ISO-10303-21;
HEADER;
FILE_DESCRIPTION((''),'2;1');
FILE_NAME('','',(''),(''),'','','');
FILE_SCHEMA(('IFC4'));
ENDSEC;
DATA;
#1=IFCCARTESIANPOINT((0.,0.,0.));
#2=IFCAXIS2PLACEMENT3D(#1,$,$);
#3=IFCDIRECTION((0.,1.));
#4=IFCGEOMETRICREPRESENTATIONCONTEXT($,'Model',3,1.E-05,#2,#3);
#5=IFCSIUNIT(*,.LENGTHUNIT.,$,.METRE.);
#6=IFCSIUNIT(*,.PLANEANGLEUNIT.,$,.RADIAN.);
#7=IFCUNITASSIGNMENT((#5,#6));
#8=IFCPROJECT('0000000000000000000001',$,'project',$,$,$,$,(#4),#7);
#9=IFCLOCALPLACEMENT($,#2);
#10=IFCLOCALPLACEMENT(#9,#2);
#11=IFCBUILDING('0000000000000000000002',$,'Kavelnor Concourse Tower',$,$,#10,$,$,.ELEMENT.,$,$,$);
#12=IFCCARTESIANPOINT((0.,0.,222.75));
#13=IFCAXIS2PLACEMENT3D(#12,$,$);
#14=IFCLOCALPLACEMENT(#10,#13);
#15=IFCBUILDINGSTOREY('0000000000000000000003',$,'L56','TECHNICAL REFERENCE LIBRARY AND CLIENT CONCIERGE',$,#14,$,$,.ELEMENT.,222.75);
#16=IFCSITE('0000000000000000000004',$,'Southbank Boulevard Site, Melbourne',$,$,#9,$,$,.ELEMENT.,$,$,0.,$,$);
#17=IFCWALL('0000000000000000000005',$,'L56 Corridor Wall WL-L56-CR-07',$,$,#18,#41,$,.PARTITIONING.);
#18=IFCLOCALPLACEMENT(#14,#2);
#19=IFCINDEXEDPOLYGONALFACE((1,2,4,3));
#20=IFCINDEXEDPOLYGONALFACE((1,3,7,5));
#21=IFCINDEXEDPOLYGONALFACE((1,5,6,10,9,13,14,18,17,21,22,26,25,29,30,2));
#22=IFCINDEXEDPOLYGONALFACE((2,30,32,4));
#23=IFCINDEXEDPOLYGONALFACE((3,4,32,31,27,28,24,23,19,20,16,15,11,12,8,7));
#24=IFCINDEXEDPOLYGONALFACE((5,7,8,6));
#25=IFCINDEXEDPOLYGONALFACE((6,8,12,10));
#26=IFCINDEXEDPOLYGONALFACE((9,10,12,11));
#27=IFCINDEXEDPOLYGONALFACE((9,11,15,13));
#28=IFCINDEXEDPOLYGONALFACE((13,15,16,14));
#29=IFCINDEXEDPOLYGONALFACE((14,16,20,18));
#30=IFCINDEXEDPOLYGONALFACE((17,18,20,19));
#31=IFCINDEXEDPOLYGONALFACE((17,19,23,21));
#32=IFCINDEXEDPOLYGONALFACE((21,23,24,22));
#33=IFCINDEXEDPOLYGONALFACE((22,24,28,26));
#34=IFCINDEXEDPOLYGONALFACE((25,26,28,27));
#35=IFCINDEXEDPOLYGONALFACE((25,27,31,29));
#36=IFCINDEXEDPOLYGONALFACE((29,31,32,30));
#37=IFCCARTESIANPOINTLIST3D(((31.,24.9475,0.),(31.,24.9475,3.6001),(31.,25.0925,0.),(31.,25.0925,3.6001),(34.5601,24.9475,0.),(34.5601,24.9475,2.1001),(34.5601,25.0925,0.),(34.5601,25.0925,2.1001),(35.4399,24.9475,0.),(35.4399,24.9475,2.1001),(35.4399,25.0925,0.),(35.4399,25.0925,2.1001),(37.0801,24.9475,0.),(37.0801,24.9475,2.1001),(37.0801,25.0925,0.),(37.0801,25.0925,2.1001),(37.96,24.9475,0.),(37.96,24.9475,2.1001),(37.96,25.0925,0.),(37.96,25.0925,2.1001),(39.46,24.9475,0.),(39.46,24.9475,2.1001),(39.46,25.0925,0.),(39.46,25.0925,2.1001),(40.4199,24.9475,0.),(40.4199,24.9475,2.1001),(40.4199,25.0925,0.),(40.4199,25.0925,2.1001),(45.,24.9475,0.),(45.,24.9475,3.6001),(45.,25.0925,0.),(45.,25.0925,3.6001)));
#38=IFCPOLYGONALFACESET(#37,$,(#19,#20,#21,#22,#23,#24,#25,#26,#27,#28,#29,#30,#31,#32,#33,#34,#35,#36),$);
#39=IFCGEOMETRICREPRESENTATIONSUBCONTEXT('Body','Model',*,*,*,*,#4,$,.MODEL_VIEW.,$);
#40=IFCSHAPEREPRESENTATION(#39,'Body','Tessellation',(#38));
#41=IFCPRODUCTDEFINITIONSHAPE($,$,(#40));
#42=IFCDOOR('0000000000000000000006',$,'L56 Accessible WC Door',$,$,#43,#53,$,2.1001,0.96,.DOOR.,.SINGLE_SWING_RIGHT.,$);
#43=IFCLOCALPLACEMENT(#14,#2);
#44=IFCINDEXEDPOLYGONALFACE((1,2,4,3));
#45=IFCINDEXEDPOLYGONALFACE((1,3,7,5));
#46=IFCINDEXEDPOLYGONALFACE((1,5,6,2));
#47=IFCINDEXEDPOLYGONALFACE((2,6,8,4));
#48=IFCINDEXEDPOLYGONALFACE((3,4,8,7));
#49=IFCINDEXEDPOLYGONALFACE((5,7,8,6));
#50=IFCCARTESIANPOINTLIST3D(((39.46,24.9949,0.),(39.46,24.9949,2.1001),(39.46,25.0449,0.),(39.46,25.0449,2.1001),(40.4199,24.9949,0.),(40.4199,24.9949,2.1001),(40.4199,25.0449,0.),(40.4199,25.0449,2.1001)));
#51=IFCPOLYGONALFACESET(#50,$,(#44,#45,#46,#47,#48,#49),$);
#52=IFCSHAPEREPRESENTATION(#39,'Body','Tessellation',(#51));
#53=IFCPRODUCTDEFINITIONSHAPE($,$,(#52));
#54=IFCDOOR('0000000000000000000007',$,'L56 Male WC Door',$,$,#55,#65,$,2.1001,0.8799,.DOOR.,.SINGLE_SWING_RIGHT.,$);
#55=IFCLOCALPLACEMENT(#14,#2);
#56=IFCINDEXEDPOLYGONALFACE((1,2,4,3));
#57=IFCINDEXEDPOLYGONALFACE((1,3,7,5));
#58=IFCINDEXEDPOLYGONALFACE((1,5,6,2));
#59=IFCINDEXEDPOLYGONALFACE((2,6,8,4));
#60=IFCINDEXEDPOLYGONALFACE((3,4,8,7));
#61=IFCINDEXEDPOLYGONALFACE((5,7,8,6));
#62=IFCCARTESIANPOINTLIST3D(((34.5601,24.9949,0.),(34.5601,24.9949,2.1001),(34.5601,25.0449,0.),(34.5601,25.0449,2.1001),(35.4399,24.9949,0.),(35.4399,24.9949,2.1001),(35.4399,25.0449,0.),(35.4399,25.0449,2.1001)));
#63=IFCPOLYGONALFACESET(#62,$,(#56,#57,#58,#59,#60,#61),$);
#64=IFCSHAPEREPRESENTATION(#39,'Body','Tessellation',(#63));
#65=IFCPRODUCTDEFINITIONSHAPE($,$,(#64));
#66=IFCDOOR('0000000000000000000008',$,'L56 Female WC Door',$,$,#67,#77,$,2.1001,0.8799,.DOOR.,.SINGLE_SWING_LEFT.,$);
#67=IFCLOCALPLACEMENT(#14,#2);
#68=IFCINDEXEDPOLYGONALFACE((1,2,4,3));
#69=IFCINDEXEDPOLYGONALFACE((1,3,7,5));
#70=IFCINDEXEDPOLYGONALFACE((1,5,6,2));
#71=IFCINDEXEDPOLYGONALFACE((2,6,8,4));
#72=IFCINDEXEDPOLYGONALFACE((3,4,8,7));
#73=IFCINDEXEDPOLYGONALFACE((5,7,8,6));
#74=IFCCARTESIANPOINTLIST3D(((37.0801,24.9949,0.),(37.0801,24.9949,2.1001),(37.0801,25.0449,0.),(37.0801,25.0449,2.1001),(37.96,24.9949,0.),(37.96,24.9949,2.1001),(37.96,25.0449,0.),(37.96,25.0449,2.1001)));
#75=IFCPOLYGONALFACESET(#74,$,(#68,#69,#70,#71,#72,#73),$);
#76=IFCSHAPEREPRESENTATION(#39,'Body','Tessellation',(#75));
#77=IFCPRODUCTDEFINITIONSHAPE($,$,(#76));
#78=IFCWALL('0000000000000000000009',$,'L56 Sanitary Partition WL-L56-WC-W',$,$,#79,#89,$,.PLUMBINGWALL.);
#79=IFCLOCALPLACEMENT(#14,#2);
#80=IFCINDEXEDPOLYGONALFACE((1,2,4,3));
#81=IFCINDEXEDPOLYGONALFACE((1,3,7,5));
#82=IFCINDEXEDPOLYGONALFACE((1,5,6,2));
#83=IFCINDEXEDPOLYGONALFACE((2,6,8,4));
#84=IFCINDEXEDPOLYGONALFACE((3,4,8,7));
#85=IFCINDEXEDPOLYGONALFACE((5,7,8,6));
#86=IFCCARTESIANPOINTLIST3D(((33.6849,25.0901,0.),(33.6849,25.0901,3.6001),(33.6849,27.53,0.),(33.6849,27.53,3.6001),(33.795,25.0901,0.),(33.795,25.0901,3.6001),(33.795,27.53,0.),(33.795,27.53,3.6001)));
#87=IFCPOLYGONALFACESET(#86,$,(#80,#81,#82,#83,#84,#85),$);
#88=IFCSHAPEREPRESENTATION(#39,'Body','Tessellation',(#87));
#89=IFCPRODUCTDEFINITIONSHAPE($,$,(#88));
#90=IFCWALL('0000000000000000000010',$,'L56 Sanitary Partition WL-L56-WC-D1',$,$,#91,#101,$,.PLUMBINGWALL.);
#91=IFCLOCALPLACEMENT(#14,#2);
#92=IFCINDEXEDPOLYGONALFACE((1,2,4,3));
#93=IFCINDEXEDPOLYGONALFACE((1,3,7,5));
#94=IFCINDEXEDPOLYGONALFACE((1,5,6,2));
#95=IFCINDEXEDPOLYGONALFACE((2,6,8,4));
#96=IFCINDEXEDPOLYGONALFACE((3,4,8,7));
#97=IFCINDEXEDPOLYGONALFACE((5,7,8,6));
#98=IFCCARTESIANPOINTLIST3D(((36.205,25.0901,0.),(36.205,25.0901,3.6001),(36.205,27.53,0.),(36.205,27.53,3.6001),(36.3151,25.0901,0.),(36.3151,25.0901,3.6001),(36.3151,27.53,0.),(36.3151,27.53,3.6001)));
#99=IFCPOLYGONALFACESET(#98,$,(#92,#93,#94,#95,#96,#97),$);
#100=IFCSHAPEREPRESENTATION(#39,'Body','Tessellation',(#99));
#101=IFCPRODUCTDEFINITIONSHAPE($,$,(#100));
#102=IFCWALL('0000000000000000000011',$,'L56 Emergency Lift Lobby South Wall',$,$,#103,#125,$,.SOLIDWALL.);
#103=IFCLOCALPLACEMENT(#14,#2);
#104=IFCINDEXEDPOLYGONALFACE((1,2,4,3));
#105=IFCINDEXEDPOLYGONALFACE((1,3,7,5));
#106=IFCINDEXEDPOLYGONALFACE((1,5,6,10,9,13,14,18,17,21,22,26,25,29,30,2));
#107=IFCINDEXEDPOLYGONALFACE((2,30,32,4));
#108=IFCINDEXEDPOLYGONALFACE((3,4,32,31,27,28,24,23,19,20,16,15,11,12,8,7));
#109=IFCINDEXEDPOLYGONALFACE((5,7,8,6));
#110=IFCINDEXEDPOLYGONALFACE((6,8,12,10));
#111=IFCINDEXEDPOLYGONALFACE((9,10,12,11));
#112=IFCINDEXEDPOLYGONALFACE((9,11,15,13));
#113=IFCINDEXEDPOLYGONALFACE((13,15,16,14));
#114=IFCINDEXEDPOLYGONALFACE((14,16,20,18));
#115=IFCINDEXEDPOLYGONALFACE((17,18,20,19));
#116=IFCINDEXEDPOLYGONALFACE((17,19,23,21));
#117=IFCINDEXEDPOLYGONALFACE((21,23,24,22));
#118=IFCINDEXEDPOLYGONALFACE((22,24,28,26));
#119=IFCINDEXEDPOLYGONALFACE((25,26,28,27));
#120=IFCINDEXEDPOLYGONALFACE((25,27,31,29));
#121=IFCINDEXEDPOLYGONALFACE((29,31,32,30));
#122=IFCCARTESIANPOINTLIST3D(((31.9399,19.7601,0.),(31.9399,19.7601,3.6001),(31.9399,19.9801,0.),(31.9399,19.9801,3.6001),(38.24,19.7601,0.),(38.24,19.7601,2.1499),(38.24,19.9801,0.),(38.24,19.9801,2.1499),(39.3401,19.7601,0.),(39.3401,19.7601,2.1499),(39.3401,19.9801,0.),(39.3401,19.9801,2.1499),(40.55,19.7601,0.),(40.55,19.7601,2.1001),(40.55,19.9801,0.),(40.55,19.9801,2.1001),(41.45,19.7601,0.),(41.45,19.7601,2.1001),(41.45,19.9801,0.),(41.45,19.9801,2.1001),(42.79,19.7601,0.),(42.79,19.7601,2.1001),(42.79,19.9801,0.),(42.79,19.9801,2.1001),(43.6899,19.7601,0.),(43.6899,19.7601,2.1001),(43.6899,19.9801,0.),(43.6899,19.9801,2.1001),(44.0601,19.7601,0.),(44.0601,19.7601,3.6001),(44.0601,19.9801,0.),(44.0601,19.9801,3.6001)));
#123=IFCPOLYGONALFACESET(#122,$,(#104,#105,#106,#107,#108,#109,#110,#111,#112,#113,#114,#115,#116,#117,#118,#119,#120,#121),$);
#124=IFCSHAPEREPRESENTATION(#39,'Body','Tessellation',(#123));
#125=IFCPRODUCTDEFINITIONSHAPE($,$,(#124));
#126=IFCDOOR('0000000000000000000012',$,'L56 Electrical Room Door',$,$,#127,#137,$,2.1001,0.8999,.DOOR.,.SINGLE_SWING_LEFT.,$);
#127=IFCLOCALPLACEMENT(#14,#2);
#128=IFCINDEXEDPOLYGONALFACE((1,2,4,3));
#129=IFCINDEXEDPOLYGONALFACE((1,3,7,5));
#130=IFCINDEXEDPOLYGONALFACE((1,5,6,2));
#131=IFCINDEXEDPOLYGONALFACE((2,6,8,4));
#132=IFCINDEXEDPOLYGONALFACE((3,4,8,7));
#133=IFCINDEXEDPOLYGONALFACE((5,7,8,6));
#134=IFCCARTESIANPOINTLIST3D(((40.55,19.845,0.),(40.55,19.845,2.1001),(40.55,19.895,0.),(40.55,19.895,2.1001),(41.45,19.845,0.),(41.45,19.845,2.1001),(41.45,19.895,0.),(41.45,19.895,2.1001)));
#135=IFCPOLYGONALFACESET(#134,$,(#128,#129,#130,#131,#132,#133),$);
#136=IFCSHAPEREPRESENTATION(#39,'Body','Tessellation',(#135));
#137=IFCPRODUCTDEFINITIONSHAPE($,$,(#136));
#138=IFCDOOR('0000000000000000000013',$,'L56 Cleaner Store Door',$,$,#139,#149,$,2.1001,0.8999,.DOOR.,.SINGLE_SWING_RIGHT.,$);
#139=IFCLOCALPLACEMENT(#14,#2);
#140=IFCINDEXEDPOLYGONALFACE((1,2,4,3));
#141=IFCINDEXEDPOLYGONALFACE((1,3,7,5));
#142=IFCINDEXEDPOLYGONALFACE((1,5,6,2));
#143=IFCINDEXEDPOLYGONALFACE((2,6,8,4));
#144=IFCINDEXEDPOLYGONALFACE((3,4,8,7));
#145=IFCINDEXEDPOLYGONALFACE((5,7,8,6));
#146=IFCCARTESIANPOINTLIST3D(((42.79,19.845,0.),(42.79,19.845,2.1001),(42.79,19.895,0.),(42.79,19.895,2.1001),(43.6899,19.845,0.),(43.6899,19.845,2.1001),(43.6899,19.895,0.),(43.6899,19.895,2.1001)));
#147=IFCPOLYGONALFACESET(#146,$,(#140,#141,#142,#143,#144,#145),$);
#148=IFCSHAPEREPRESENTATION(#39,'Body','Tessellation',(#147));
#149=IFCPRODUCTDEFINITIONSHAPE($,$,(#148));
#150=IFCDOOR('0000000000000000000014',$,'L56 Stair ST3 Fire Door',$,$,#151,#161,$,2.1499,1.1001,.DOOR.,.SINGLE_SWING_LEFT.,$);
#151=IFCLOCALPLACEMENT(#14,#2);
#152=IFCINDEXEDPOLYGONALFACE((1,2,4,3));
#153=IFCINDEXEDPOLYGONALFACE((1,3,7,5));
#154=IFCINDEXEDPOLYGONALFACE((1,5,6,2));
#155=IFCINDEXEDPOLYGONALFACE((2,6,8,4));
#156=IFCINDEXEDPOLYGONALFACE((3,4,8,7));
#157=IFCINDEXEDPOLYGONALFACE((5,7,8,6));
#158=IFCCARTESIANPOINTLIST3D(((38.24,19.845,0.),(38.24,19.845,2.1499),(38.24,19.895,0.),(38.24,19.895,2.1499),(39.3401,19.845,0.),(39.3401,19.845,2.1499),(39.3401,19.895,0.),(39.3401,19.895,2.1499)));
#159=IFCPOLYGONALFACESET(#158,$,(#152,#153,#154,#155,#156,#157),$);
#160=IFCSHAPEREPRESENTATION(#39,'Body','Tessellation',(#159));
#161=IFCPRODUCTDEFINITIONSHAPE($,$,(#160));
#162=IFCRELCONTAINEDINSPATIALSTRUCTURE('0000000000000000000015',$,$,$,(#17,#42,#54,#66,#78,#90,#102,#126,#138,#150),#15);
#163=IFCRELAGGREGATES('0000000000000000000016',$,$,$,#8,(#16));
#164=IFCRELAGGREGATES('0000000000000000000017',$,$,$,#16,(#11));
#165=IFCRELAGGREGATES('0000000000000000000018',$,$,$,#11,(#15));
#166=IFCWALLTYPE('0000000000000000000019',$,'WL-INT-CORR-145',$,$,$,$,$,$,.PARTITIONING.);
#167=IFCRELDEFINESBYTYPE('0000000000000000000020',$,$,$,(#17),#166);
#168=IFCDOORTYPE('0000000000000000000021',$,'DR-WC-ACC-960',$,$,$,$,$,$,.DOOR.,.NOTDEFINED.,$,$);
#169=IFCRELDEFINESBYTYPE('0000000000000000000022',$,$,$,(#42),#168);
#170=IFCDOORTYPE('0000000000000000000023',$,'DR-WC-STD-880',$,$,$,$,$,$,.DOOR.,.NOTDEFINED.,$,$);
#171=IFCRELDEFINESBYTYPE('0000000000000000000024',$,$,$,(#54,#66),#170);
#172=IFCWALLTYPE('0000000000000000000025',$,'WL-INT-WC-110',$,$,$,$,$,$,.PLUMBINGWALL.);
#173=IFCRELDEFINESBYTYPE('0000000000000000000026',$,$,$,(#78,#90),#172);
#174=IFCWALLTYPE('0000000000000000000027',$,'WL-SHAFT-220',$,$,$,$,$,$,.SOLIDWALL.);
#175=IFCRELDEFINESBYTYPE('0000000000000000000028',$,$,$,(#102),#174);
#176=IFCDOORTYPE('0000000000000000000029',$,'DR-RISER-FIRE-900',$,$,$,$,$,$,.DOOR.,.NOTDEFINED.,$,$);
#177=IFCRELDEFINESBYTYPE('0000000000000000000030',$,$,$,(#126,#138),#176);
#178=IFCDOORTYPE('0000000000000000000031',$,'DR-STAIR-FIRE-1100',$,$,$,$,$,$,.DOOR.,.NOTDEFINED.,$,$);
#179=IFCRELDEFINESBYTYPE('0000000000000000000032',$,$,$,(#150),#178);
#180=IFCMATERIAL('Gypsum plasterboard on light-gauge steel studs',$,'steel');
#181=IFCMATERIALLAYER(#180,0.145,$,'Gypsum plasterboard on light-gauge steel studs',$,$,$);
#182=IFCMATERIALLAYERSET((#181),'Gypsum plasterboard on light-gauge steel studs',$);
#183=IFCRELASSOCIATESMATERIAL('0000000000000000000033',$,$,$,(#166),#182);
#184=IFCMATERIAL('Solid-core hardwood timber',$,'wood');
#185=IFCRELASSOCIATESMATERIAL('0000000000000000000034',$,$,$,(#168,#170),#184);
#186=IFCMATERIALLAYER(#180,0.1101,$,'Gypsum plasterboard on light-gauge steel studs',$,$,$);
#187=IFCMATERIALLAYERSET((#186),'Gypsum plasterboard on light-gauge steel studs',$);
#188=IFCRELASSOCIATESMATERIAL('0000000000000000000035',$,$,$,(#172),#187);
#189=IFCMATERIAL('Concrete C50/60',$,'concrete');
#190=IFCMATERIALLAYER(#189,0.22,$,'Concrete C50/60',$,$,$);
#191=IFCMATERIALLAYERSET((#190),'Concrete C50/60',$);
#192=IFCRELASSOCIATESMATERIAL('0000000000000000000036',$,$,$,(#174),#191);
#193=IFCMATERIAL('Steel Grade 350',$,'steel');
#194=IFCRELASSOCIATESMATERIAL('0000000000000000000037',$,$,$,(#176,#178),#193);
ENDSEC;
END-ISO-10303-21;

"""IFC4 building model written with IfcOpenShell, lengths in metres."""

from ifc_helpers import new_model, si_unit, direction, frame, frame_2d, origin, place, context, subcontext, project, spatial, rectangle, extrude, material, layer, layer_set, type_object, element, fill, save


model = new_model("IFC4")

# Units and contexts
model_context = context("Model", 3, precision=1e-05, world=origin(), true_north=direction((0.0, 1.0)))
body_context = subcontext(model_context, "Body", "Model", "MODEL_VIEW")
ifc_project = project(units=[si_unit("LENGTHUNIT", "METRE"), si_unit("PLANEANGLEUNIT", "RADIAN")], contexts=[model_context])

# Site, building, storey
site_placement = place(None, origin())
site = spatial("IfcSite", under=ifc_project, at=site_placement, Name="Southbank Boulevard Site, Melbourne", CompositionType="ELEMENT", RefElevation=0.0)
building_placement = place(site_placement, origin())
building = spatial("IfcBuilding", under=site, at=building_placement, Name="Kavelnor Concourse Tower", CompositionType="ELEMENT")
storey_placement = place(building_placement, frame((0.0, 0.0, 222.75)))
storey = spatial("IfcBuildingStorey", under=building, at=storey_placement, Name="L56", Description="TECHNICAL REFERENCE LIBRARY AND CLIENT CONCIERGE", CompositionType="ELEMENT", Elevation=222.75)

# Shared definitions
ifc_material_1 = material(Name="Steel Grade 350", Category="steel")

# Shared definitions
ifc_material_2 = material(Name="Gypsum plasterboard on light-gauge steel studs", Category="steel")
ifc_layer_1 = layer(ifc_material_2, 0.145, Name="Gypsum plasterboard on light-gauge steel studs")
ifc_layer_set_1 = layer_set([ifc_layer_1], Name="Gypsum plasterboard on light-gauge steel studs")
wall_type_1 = type_object("IfcWallType", Name="WL-INT-CORR-145", PredefinedType="PARTITIONING", material=ifc_layer_set_1)
ifc_material_3 = material(Name="Solid-core hardwood timber", Category="wood")

# Wall, openings, doors
wall_1_placement = place(storey_placement, frame((31.0, 25.02, 0.0), z_axis=(0.0, 0.0, 1.0), x_axis=(1.0, 0.0, 0.0)))
wall_1 = element("IfcWall", 1, at=wall_1_placement, inside=storey, type_object=wall_type_1, Name="L56 Corridor Wall WL-L56-CR-07", PredefinedType="PARTITIONING", context=body_context, shape_type="SweptSolid", body=[
    extrude(rectangle(XDim=14.0, YDim=0.145, at=frame_2d((7.0, 0.0))), origin(), (0.0, 0.0, 1.0), 3.6001),
])
opening_1_placement = place(wall_1_placement, frame((3.5601, 0.0, 0.0)))
opening_1 = element("IfcOpeningElement", 2, at=opening_1_placement, cuts=wall_1, PredefinedType="OPENING", context=body_context, shape_type="SweptSolid", body=[
    extrude(rectangle(XDim=0.8799, YDim=2.1001, at=frame_2d((0.4399, 1.05))), frame((0.0, 0.0825, 0.0), z_axis=(0.0, -1.0, 0.0), x_axis=(1.0, 0.0, 0.0)), (0.0, 0.0, 1.0), 0.165),
])
opening_2_placement = place(wall_1_placement, frame((6.0801, 0.0, 0.0)))
opening_2 = element("IfcOpeningElement", 3, at=opening_2_placement, cuts=wall_1, PredefinedType="OPENING", context=body_context, shape_type="SweptSolid", body=[
    extrude(rectangle(XDim=0.8799, YDim=2.1001, at=frame_2d((0.4399, 1.05))), frame((0.0, 0.0825, 0.0), z_axis=(0.0, -1.0, 0.0), x_axis=(1.0, 0.0, 0.0)), (0.0, 0.0, 1.0), 0.165),
])
opening_3_placement = place(wall_1_placement, frame((8.46, 0.0, 0.0)))
opening_3 = element("IfcOpeningElement", 4, at=opening_3_placement, cuts=wall_1, PredefinedType="OPENING", context=body_context, shape_type="SweptSolid", body=[
    extrude(rectangle(XDim=0.96, YDim=2.1001, at=frame_2d((0.48, 1.05))), frame((0.0, 0.0825, 0.0), z_axis=(0.0, -1.0, 0.0), x_axis=(1.0, 0.0, 0.0)), (0.0, 0.0, 1.0), 0.165),
])
door_type_1 = type_object("IfcDoorType", Name="DR-WC-ACC-960", OperationType="NOTDEFINED", PredefinedType="DOOR", material=ifc_material_3)
door_1_placement = place(opening_3_placement, origin())
door_1 = element("IfcDoor", 5, at=door_1_placement, inside=storey, type_object=door_type_1, Name="L56 Accessible WC Door", OperationType="SINGLE_SWING_RIGHT", OverallHeight=2.1001, OverallWidth=0.96, PredefinedType="DOOR", context=body_context, shape_type="SweptSolid", body=[
    extrude(rectangle(XDim=0.96, YDim=2.1001, at=frame_2d((0.48, 1.05))), frame((0.0, 0.0249, 0.0), z_axis=(0.0, -1.0, 0.0), x_axis=(1.0, 0.0, 0.0)), (0.0, 0.0, 1.0), 0.05),
])
fill(opening_3, door_1)
door_type_2 = type_object("IfcDoorType", Name="DR-WC-STD-880", OperationType="NOTDEFINED", PredefinedType="DOOR", material=ifc_material_3)
door_2_placement = place(opening_1_placement, origin())
door_2 = element("IfcDoor", 6, at=door_2_placement, inside=storey, type_object=door_type_2, Name="L56 Male WC Door", OperationType="SINGLE_SWING_RIGHT", OverallHeight=2.1001, OverallWidth=0.8799, PredefinedType="DOOR", context=body_context, shape_type="SweptSolid", body=[
    extrude(rectangle(XDim=0.8799, YDim=2.1001, at=frame_2d((0.4399, 1.05))), frame((0.0, 0.0249, 0.0), z_axis=(0.0, -1.0, 0.0), x_axis=(1.0, 0.0, 0.0)), (0.0, 0.0, 1.0), 0.05),
])
fill(opening_1, door_2)
door_3_placement = place(opening_2_placement, origin())
door_3 = element("IfcDoor", 7, at=door_3_placement, inside=storey, type_object=door_type_2, Name="L56 Female WC Door", OperationType="SINGLE_SWING_LEFT", OverallHeight=2.1001, OverallWidth=0.8799, PredefinedType="DOOR", context=body_context, shape_type="SweptSolid", body=[
    extrude(rectangle(XDim=0.8799, YDim=2.1001, at=frame_2d((0.4399, 1.05))), frame((0.0, 0.0249, 0.0), z_axis=(0.0, -1.0, 0.0), x_axis=(1.0, 0.0, 0.0)), (0.0, 0.0, 1.0), 0.05),
])
fill(opening_2, door_3)

# Walls
ifc_layer_2 = layer(ifc_material_2, 0.1101, Name="Gypsum plasterboard on light-gauge steel studs")
ifc_layer_set_2 = layer_set([ifc_layer_2], Name="Gypsum plasterboard on light-gauge steel studs")
wall_type_2 = type_object("IfcWallType", Name="WL-INT-WC-110", PredefinedType="PLUMBINGWALL", material=ifc_layer_set_2)
for number, where, z_axis, x_axis, name in (
    (8, (33.74, 25.0901, 0.0), (0.0, 0.0, 1.0), (0.0, 1.0, 0.0), "L56 Sanitary Partition WL-L56-WC-W"),
    (9, (36.26, 25.0901, 0.0), (0.0, 0.0, 1.0), (0.0, 1.0, 0.0), "L56 Sanitary Partition WL-L56-WC-D1"),
):
    element("IfcWall", number, at=place(storey_placement, frame(where, z_axis=z_axis, x_axis=x_axis)), inside=storey, type_object=wall_type_2, Name=name, PredefinedType="PLUMBINGWALL", context=body_context, shape_type="SweptSolid", body=[
        extrude(rectangle(XDim=2.4399, YDim=0.1101, at=frame_2d((1.22, 0.0))), origin(), (0.0, 0.0, 1.0), 3.6001),
    ])

# Wall, openings, doors
ifc_material_4 = material(Name="Concrete C50/60", Category="concrete")
ifc_layer_3 = layer(ifc_material_4, 0.22, Name="Concrete C50/60")
ifc_layer_set_3 = layer_set([ifc_layer_3], Name="Concrete C50/60")
wall_type_3 = type_object("IfcWallType", Name="WL-SHAFT-220", PredefinedType="SOLIDWALL", material=ifc_layer_set_3)
wall_2_placement = place(storey_placement, frame((31.9399, 19.8701, 0.0), z_axis=(0.0, 0.0, 1.0), x_axis=(1.0, 0.0, 0.0)))
wall_2 = element("IfcWall", 10, at=wall_2_placement, inside=storey, type_object=wall_type_3, Name="L56 Emergency Lift Lobby South Wall", PredefinedType="SOLIDWALL", context=body_context, shape_type="SweptSolid", body=[
    extrude(rectangle(XDim=12.1201, YDim=0.22, at=frame_2d((6.0601, 0.0))), origin(), (0.0, 0.0, 1.0), 3.6001),
])
opening_4_placement = place(wall_2_placement, frame((6.3, 0.0, 0.0)))
opening_4 = element("IfcOpeningElement", 11, at=opening_4_placement, cuts=wall_2, PredefinedType="OPENING", context=body_context, shape_type="SweptSolid", body=[
    extrude(rectangle(XDim=1.1001, YDim=2.1499, at=frame_2d((0.55, 1.075))), frame((0.0, 0.1201, 0.0), z_axis=(0.0, -1.0, 0.0), x_axis=(1.0, 0.0, 0.0)), (0.0, 0.0, 1.0), 0.24),
])
opening_5_placement = place(wall_2_placement, frame((8.6101, 0.0, 0.0)))
opening_5 = element("IfcOpeningElement", 12, at=opening_5_placement, cuts=wall_2, PredefinedType="OPENING", context=body_context, shape_type="SweptSolid", body=[
    extrude(rectangle(XDim=0.8999, YDim=2.1001, at=frame_2d((0.45, 1.05))), frame((0.0, 0.1201, 0.0), z_axis=(0.0, -1.0, 0.0), x_axis=(1.0, 0.0, 0.0)), (0.0, 0.0, 1.0), 0.24),
])
opening_6_placement = place(wall_2_placement, frame((10.8501, 0.0, 0.0)))
opening_6 = element("IfcOpeningElement", 13, at=opening_6_placement, cuts=wall_2, PredefinedType="OPENING", context=body_context, shape_type="SweptSolid", body=[
    extrude(rectangle(XDim=0.8999, YDim=2.1001, at=frame_2d((0.45, 1.05))), frame((0.0, 0.1201, 0.0), z_axis=(0.0, -1.0, 0.0), x_axis=(1.0, 0.0, 0.0)), (0.0, 0.0, 1.0), 0.24),
])
door_type_3 = type_object("IfcDoorType", Name="DR-RISER-FIRE-900", OperationType="NOTDEFINED", PredefinedType="DOOR", material=ifc_material_1)
door_4_placement = place(opening_5_placement, origin())
door_4 = element("IfcDoor", 14, at=door_4_placement, inside=storey, type_object=door_type_3, Name="L56 Electrical Room Door", OperationType="SINGLE_SWING_LEFT", OverallHeight=2.1001, OverallWidth=0.8999, PredefinedType="DOOR", context=body_context, shape_type="SweptSolid", body=[
    extrude(rectangle(XDim=0.8999, YDim=2.1001, at=frame_2d((0.45, 1.05))), frame((0.0, 0.0249, 0.0), z_axis=(0.0, -1.0, 0.0), x_axis=(1.0, 0.0, 0.0)), (0.0, 0.0, 1.0), 0.05),
])
fill(opening_5, door_4)
door_5_placement = place(opening_6_placement, origin())
door_5 = element("IfcDoor", 15, at=door_5_placement, inside=storey, type_object=door_type_3, Name="L56 Cleaner Store Door", OperationType="SINGLE_SWING_RIGHT", OverallHeight=2.1001, OverallWidth=0.8999, PredefinedType="DOOR", context=body_context, shape_type="SweptSolid", body=[
    extrude(rectangle(XDim=0.8999, YDim=2.1001, at=frame_2d((0.45, 1.05))), frame((0.0, 0.0249, 0.0), z_axis=(0.0, -1.0, 0.0), x_axis=(1.0, 0.0, 0.0)), (0.0, 0.0, 1.0), 0.05),
])
fill(opening_6, door_5)
door_type_4 = type_object("IfcDoorType", Name="DR-STAIR-FIRE-1100", OperationType="NOTDEFINED", PredefinedType="DOOR", material=ifc_material_1)
door_6_placement = place(opening_4_placement, origin())
door_6 = element("IfcDoor", 16, at=door_6_placement, inside=storey, type_object=door_type_4, Name="L56 Stair ST3 Fire Door", OperationType="SINGLE_SWING_LEFT", OverallHeight=2.1499, OverallWidth=1.1001, PredefinedType="DOOR", context=body_context, shape_type="SweptSolid", body=[
    extrude(rectangle(XDim=1.1001, YDim=2.1499, at=frame_2d((0.55, 1.075))), frame((0.0, 0.0249, 0.0), z_axis=(0.0, -1.0, 0.0), x_axis=(1.0, 0.0, 0.0)), (0.0, 0.0, 1.0), 0.05),
])
fill(opening_4, door_6)

save(model, "model.ifc")
